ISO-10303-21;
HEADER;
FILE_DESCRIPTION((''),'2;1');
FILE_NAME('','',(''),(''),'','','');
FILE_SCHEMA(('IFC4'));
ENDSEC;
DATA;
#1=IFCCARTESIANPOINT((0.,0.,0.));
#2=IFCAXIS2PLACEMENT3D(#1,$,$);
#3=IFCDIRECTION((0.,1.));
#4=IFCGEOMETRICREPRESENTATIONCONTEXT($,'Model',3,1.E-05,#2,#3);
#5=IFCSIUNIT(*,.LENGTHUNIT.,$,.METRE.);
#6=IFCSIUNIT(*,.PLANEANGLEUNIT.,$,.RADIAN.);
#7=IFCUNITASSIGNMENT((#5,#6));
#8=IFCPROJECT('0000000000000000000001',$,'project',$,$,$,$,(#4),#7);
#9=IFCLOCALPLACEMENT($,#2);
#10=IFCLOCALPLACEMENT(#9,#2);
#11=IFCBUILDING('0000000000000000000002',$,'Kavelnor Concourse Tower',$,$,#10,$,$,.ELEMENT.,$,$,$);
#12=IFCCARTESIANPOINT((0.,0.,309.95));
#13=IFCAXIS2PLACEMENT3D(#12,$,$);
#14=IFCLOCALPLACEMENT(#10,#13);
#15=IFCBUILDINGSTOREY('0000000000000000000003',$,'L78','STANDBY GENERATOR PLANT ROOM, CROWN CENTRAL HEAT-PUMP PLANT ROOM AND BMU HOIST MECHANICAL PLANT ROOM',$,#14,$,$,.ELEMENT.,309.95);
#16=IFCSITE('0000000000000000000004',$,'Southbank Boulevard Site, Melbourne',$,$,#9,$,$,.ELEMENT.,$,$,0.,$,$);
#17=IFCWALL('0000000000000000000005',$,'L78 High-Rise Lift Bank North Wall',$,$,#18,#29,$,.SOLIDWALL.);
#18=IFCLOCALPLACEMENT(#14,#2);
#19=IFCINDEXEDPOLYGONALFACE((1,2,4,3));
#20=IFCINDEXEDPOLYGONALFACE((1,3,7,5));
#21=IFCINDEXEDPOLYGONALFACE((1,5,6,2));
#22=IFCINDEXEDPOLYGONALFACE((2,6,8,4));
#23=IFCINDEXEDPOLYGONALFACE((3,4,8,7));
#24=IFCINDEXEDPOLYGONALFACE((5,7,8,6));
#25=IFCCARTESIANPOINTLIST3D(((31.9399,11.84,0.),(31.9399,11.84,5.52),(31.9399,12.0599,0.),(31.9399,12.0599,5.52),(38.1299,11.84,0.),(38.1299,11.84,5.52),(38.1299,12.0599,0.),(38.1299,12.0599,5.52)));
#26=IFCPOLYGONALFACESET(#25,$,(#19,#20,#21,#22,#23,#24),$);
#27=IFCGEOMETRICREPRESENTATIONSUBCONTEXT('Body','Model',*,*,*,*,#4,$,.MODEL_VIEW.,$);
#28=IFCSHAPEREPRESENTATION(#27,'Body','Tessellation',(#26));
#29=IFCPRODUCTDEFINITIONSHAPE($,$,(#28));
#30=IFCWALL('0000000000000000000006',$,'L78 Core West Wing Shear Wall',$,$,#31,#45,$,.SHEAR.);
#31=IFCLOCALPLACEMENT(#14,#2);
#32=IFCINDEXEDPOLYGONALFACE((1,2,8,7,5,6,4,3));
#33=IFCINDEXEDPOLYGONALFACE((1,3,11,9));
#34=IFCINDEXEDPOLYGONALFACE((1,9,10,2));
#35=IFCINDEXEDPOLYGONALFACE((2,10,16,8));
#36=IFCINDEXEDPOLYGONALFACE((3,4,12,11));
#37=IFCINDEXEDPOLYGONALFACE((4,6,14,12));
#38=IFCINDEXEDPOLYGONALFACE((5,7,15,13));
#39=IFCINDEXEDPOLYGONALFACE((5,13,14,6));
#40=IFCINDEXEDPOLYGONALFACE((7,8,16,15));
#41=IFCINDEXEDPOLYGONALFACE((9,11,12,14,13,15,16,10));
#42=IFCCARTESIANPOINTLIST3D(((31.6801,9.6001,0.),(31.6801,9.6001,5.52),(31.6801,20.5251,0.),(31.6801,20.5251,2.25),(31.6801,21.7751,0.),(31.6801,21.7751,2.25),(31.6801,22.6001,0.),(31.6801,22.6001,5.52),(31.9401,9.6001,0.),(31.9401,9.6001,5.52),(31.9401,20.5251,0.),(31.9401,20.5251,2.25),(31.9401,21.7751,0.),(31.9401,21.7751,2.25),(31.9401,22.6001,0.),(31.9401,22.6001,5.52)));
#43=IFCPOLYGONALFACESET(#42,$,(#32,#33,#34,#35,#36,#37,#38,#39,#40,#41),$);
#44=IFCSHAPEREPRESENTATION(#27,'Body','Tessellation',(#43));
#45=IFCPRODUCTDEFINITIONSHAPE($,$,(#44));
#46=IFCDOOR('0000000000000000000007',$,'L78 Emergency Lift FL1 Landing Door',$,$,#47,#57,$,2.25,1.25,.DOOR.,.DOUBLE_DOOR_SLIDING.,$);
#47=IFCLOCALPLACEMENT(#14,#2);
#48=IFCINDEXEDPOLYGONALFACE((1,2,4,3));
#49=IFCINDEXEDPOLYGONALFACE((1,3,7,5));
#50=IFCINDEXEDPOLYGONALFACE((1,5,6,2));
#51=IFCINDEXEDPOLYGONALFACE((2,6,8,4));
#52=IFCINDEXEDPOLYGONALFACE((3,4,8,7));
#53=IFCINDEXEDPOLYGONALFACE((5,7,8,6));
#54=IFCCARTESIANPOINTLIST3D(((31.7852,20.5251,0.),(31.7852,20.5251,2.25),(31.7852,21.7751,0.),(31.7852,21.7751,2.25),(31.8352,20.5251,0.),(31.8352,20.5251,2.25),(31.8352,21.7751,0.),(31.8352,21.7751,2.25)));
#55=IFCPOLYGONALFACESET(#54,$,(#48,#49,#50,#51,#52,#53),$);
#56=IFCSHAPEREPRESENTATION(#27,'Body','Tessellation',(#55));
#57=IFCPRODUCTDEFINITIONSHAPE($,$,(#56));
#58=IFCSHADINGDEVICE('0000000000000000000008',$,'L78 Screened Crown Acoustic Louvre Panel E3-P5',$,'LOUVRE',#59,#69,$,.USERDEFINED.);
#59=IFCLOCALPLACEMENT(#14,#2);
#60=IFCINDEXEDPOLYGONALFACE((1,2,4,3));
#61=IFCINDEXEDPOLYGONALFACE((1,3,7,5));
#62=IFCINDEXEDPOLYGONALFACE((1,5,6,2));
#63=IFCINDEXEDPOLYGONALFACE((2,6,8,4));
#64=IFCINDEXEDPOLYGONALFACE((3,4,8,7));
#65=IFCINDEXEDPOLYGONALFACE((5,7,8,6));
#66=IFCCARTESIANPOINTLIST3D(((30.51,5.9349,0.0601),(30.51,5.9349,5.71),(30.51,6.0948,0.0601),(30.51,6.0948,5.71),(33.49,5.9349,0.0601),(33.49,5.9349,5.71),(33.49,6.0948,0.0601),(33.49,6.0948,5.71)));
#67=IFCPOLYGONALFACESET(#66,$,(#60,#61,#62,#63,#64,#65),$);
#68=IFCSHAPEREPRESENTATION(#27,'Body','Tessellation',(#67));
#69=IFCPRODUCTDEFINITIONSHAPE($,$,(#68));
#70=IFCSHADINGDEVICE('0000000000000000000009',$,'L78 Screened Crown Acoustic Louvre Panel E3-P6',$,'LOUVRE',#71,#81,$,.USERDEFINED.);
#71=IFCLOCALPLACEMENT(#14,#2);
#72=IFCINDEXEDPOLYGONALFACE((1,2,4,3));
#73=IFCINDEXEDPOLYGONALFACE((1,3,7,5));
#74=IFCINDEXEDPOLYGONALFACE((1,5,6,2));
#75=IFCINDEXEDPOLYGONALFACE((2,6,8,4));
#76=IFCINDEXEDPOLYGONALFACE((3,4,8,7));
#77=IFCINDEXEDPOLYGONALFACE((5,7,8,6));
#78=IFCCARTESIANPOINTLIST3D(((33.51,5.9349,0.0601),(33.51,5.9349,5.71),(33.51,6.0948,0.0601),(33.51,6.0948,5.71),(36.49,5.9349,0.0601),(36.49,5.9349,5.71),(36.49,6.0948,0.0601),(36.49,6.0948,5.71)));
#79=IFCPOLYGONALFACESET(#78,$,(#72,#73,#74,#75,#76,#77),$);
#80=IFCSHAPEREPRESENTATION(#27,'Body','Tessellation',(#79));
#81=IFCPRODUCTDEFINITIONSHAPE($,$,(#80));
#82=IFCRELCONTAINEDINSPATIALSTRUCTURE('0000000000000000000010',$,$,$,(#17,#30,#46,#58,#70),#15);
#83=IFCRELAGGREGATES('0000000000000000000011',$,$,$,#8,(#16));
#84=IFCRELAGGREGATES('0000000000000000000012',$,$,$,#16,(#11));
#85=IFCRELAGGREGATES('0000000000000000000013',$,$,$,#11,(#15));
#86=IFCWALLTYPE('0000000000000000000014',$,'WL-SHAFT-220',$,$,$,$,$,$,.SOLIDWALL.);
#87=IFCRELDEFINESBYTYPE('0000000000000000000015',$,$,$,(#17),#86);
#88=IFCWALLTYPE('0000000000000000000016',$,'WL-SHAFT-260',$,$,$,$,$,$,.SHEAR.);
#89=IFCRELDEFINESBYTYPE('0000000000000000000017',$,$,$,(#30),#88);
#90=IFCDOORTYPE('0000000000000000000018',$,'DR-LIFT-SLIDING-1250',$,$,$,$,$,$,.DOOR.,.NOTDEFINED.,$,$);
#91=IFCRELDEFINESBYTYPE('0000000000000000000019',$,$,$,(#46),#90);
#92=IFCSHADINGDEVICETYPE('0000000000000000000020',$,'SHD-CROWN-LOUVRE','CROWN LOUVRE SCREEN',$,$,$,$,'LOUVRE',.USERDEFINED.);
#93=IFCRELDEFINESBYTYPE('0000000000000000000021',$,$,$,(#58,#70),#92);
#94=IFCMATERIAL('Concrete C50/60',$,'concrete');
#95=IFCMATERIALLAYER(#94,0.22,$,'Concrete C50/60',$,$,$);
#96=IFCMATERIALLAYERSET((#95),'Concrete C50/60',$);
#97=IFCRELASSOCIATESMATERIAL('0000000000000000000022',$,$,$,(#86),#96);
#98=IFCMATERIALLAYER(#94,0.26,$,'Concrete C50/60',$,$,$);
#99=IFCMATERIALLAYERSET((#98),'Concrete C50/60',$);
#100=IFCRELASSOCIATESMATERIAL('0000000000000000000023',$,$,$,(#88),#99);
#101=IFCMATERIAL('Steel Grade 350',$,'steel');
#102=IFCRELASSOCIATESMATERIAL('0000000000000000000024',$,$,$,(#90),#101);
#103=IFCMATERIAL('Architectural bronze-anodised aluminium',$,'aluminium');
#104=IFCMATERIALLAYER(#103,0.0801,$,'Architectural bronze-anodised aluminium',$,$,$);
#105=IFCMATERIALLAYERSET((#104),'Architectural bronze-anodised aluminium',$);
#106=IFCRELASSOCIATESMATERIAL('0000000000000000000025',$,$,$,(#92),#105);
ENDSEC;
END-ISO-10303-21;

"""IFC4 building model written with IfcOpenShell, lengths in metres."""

from ifc_helpers import new_model, si_unit, direction, frame, frame_2d, origin, origin_2d, place, context, subcontext, project, spatial, rectangle, extrude, material, layer, layer_set, type_object, element, fill, save


model = new_model("IFC4")

# Units and contexts
model_context = context("Model", 3, precision=1e-05, world=origin(), true_north=direction((0.0, 1.0)))
body_context = subcontext(model_context, "Body", "Model", "MODEL_VIEW")
ifc_project = project(units=[si_unit("LENGTHUNIT", "METRE"), si_unit("PLANEANGLEUNIT", "RADIAN")], contexts=[model_context])

# Site, building, storey
site_placement = place(None, origin())
site = spatial("IfcSite", under=ifc_project, at=site_placement, Name="Southbank Boulevard Site, Melbourne", CompositionType="ELEMENT", RefElevation=0.0)
building_placement = place(site_placement, origin())
building = spatial("IfcBuilding", under=site, at=building_placement, Name="Kavelnor Concourse Tower", CompositionType="ELEMENT")
storey_placement = place(building_placement, frame((0.0, 0.0, 309.95)))
storey = spatial("IfcBuildingStorey", under=building, at=storey_placement, Name="L78", Description="STANDBY GENERATOR PLANT ROOM, CROWN CENTRAL HEAT-PUMP PLANT ROOM AND BMU HOIST MECHANICAL PLANT ROOM", CompositionType="ELEMENT", Elevation=309.95)

# Shared definitions
ifc_material_1 = material(Name="Steel Grade 350", Category="steel")

# Shared definitions
ifc_material_2 = material(Name="Concrete C50/60", Category="concrete")
ifc_layer_1 = layer(ifc_material_2, 0.22, Name="Concrete C50/60")
ifc_layer_set_1 = layer_set([ifc_layer_1], Name="Concrete C50/60")
wall_type_1 = type_object("IfcWallType", Name="WL-SHAFT-220", PredefinedType="SOLIDWALL", material=ifc_layer_set_1)

# Wall
wall_1_placement = place(storey_placement, frame((31.9399, 11.95, 0.0), z_axis=(0.0, 0.0, 1.0), x_axis=(1.0, 0.0, 0.0)))
element("IfcWall", 1, at=wall_1_placement, inside=storey, type_object=wall_type_1, Name="L78 High-Rise Lift Bank North Wall", PredefinedType="SOLIDWALL", context=body_context, shape_type="SweptSolid", body=[
    extrude(rectangle(XDim=6.1899, YDim=0.22, at=frame_2d((3.095, 0.0))), origin(), (0.0, 0.0, 1.0), 5.52),
])

# Wall, opening, door
ifc_layer_2 = layer(ifc_material_2, 0.26, Name="Concrete C50/60")
ifc_layer_set_2 = layer_set([ifc_layer_2], Name="Concrete C50/60")
wall_type_2 = type_object("IfcWallType", Name="WL-SHAFT-260", PredefinedType="SHEAR", material=ifc_layer_set_2)
wall_2_placement = place(storey_placement, frame((31.8101, 9.6001, 0.0), z_axis=(0.0, 0.0, 1.0), x_axis=(0.0, 1.0, 0.0)))
wall_2 = element("IfcWall", 2, at=wall_2_placement, inside=storey, type_object=wall_type_2, Name="L78 Core West Wing Shear Wall", PredefinedType="SHEAR", context=body_context, shape_type="SweptSolid", body=[
    extrude(rectangle(XDim=13.0, YDim=0.26, at=frame_2d((6.5, 0.0))), origin(), (0.0, 0.0, 1.0), 5.52),
])
opening_1_placement = place(wall_2_placement, frame((10.925, 0.0, 0.0)))
opening_1 = element("IfcOpeningElement", 3, at=opening_1_placement, cuts=wall_2, PredefinedType="OPENING", context=body_context, shape_type="SweptSolid", body=[
    extrude(rectangle(XDim=1.25, YDim=2.25, at=frame_2d((0.625, 1.125))), frame((0.0, 0.1401, 0.0), z_axis=(0.0, -1.0, 0.0), x_axis=(1.0, 0.0, 0.0)), (0.0, 0.0, 1.0), 0.28),
])
door_type_1 = type_object("IfcDoorType", Name="DR-LIFT-SLIDING-1250", OperationType="NOTDEFINED", PredefinedType="DOOR", material=ifc_material_1)
door_1_placement = place(opening_1_placement, origin())
door_1 = element("IfcDoor", 4, at=door_1_placement, inside=storey, type_object=door_type_1, Name="L78 Emergency Lift FL1 Landing Door", OperationType="DOUBLE_DOOR_SLIDING", OverallHeight=2.25, OverallWidth=1.25, PredefinedType="DOOR", context=body_context, shape_type="SweptSolid", body=[
    extrude(rectangle(XDim=1.25, YDim=2.25, at=frame_2d((0.625, 1.125))), frame((0.0, 0.0249, 0.0), z_axis=(0.0, -1.0, 0.0), x_axis=(1.0, 0.0, 0.0)), (0.0, 0.0, 1.0), 0.05),
])
fill(opening_1, door_1)

# Shading devices
ifc_material_3 = material(Name="Architectural bronze-anodised aluminium", Category="aluminium")
ifc_layer_3 = layer(ifc_material_3, 0.0801, Name="Architectural bronze-anodised aluminium")
ifc_layer_set_3 = layer_set([ifc_layer_3], Name="Architectural bronze-anodised aluminium")
shading_device_type = type_object("IfcShadingDeviceType", Name="SHD-CROWN-LOUVRE", Description="CROWN LOUVRE SCREEN", ElementType="LOUVRE", PredefinedType="USERDEFINED", material=ifc_layer_set_3)
for number, where, z_axis, x_axis, name in (
    (5, (32.0, 6.0149, 0.0601), (0.0, 0.0, 1.0), (1.0, 0.0, 0.0), "L78 Screened Crown Acoustic Louvre Panel E3-P5"),
    (6, (35.0, 6.0149, 0.0601), (0.0, 0.0, 1.0), (1.0, 0.0, 0.0), "L78 Screened Crown Acoustic Louvre Panel E3-P6"),
):
    element("IfcShadingDevice", number, at=place(storey_placement, frame(where, z_axis=z_axis, x_axis=x_axis)), inside=storey, type_object=shading_device_type, Name=name, ObjectType="LOUVRE", PredefinedType="USERDEFINED", context=body_context, shape_type="SweptSolid", body=[
        extrude(rectangle(XDim=2.98, YDim=0.1599, at=origin_2d()), origin(), (0.0, 0.0, 1.0), 5.6499),
    ])

save(model, "model.ifc")
